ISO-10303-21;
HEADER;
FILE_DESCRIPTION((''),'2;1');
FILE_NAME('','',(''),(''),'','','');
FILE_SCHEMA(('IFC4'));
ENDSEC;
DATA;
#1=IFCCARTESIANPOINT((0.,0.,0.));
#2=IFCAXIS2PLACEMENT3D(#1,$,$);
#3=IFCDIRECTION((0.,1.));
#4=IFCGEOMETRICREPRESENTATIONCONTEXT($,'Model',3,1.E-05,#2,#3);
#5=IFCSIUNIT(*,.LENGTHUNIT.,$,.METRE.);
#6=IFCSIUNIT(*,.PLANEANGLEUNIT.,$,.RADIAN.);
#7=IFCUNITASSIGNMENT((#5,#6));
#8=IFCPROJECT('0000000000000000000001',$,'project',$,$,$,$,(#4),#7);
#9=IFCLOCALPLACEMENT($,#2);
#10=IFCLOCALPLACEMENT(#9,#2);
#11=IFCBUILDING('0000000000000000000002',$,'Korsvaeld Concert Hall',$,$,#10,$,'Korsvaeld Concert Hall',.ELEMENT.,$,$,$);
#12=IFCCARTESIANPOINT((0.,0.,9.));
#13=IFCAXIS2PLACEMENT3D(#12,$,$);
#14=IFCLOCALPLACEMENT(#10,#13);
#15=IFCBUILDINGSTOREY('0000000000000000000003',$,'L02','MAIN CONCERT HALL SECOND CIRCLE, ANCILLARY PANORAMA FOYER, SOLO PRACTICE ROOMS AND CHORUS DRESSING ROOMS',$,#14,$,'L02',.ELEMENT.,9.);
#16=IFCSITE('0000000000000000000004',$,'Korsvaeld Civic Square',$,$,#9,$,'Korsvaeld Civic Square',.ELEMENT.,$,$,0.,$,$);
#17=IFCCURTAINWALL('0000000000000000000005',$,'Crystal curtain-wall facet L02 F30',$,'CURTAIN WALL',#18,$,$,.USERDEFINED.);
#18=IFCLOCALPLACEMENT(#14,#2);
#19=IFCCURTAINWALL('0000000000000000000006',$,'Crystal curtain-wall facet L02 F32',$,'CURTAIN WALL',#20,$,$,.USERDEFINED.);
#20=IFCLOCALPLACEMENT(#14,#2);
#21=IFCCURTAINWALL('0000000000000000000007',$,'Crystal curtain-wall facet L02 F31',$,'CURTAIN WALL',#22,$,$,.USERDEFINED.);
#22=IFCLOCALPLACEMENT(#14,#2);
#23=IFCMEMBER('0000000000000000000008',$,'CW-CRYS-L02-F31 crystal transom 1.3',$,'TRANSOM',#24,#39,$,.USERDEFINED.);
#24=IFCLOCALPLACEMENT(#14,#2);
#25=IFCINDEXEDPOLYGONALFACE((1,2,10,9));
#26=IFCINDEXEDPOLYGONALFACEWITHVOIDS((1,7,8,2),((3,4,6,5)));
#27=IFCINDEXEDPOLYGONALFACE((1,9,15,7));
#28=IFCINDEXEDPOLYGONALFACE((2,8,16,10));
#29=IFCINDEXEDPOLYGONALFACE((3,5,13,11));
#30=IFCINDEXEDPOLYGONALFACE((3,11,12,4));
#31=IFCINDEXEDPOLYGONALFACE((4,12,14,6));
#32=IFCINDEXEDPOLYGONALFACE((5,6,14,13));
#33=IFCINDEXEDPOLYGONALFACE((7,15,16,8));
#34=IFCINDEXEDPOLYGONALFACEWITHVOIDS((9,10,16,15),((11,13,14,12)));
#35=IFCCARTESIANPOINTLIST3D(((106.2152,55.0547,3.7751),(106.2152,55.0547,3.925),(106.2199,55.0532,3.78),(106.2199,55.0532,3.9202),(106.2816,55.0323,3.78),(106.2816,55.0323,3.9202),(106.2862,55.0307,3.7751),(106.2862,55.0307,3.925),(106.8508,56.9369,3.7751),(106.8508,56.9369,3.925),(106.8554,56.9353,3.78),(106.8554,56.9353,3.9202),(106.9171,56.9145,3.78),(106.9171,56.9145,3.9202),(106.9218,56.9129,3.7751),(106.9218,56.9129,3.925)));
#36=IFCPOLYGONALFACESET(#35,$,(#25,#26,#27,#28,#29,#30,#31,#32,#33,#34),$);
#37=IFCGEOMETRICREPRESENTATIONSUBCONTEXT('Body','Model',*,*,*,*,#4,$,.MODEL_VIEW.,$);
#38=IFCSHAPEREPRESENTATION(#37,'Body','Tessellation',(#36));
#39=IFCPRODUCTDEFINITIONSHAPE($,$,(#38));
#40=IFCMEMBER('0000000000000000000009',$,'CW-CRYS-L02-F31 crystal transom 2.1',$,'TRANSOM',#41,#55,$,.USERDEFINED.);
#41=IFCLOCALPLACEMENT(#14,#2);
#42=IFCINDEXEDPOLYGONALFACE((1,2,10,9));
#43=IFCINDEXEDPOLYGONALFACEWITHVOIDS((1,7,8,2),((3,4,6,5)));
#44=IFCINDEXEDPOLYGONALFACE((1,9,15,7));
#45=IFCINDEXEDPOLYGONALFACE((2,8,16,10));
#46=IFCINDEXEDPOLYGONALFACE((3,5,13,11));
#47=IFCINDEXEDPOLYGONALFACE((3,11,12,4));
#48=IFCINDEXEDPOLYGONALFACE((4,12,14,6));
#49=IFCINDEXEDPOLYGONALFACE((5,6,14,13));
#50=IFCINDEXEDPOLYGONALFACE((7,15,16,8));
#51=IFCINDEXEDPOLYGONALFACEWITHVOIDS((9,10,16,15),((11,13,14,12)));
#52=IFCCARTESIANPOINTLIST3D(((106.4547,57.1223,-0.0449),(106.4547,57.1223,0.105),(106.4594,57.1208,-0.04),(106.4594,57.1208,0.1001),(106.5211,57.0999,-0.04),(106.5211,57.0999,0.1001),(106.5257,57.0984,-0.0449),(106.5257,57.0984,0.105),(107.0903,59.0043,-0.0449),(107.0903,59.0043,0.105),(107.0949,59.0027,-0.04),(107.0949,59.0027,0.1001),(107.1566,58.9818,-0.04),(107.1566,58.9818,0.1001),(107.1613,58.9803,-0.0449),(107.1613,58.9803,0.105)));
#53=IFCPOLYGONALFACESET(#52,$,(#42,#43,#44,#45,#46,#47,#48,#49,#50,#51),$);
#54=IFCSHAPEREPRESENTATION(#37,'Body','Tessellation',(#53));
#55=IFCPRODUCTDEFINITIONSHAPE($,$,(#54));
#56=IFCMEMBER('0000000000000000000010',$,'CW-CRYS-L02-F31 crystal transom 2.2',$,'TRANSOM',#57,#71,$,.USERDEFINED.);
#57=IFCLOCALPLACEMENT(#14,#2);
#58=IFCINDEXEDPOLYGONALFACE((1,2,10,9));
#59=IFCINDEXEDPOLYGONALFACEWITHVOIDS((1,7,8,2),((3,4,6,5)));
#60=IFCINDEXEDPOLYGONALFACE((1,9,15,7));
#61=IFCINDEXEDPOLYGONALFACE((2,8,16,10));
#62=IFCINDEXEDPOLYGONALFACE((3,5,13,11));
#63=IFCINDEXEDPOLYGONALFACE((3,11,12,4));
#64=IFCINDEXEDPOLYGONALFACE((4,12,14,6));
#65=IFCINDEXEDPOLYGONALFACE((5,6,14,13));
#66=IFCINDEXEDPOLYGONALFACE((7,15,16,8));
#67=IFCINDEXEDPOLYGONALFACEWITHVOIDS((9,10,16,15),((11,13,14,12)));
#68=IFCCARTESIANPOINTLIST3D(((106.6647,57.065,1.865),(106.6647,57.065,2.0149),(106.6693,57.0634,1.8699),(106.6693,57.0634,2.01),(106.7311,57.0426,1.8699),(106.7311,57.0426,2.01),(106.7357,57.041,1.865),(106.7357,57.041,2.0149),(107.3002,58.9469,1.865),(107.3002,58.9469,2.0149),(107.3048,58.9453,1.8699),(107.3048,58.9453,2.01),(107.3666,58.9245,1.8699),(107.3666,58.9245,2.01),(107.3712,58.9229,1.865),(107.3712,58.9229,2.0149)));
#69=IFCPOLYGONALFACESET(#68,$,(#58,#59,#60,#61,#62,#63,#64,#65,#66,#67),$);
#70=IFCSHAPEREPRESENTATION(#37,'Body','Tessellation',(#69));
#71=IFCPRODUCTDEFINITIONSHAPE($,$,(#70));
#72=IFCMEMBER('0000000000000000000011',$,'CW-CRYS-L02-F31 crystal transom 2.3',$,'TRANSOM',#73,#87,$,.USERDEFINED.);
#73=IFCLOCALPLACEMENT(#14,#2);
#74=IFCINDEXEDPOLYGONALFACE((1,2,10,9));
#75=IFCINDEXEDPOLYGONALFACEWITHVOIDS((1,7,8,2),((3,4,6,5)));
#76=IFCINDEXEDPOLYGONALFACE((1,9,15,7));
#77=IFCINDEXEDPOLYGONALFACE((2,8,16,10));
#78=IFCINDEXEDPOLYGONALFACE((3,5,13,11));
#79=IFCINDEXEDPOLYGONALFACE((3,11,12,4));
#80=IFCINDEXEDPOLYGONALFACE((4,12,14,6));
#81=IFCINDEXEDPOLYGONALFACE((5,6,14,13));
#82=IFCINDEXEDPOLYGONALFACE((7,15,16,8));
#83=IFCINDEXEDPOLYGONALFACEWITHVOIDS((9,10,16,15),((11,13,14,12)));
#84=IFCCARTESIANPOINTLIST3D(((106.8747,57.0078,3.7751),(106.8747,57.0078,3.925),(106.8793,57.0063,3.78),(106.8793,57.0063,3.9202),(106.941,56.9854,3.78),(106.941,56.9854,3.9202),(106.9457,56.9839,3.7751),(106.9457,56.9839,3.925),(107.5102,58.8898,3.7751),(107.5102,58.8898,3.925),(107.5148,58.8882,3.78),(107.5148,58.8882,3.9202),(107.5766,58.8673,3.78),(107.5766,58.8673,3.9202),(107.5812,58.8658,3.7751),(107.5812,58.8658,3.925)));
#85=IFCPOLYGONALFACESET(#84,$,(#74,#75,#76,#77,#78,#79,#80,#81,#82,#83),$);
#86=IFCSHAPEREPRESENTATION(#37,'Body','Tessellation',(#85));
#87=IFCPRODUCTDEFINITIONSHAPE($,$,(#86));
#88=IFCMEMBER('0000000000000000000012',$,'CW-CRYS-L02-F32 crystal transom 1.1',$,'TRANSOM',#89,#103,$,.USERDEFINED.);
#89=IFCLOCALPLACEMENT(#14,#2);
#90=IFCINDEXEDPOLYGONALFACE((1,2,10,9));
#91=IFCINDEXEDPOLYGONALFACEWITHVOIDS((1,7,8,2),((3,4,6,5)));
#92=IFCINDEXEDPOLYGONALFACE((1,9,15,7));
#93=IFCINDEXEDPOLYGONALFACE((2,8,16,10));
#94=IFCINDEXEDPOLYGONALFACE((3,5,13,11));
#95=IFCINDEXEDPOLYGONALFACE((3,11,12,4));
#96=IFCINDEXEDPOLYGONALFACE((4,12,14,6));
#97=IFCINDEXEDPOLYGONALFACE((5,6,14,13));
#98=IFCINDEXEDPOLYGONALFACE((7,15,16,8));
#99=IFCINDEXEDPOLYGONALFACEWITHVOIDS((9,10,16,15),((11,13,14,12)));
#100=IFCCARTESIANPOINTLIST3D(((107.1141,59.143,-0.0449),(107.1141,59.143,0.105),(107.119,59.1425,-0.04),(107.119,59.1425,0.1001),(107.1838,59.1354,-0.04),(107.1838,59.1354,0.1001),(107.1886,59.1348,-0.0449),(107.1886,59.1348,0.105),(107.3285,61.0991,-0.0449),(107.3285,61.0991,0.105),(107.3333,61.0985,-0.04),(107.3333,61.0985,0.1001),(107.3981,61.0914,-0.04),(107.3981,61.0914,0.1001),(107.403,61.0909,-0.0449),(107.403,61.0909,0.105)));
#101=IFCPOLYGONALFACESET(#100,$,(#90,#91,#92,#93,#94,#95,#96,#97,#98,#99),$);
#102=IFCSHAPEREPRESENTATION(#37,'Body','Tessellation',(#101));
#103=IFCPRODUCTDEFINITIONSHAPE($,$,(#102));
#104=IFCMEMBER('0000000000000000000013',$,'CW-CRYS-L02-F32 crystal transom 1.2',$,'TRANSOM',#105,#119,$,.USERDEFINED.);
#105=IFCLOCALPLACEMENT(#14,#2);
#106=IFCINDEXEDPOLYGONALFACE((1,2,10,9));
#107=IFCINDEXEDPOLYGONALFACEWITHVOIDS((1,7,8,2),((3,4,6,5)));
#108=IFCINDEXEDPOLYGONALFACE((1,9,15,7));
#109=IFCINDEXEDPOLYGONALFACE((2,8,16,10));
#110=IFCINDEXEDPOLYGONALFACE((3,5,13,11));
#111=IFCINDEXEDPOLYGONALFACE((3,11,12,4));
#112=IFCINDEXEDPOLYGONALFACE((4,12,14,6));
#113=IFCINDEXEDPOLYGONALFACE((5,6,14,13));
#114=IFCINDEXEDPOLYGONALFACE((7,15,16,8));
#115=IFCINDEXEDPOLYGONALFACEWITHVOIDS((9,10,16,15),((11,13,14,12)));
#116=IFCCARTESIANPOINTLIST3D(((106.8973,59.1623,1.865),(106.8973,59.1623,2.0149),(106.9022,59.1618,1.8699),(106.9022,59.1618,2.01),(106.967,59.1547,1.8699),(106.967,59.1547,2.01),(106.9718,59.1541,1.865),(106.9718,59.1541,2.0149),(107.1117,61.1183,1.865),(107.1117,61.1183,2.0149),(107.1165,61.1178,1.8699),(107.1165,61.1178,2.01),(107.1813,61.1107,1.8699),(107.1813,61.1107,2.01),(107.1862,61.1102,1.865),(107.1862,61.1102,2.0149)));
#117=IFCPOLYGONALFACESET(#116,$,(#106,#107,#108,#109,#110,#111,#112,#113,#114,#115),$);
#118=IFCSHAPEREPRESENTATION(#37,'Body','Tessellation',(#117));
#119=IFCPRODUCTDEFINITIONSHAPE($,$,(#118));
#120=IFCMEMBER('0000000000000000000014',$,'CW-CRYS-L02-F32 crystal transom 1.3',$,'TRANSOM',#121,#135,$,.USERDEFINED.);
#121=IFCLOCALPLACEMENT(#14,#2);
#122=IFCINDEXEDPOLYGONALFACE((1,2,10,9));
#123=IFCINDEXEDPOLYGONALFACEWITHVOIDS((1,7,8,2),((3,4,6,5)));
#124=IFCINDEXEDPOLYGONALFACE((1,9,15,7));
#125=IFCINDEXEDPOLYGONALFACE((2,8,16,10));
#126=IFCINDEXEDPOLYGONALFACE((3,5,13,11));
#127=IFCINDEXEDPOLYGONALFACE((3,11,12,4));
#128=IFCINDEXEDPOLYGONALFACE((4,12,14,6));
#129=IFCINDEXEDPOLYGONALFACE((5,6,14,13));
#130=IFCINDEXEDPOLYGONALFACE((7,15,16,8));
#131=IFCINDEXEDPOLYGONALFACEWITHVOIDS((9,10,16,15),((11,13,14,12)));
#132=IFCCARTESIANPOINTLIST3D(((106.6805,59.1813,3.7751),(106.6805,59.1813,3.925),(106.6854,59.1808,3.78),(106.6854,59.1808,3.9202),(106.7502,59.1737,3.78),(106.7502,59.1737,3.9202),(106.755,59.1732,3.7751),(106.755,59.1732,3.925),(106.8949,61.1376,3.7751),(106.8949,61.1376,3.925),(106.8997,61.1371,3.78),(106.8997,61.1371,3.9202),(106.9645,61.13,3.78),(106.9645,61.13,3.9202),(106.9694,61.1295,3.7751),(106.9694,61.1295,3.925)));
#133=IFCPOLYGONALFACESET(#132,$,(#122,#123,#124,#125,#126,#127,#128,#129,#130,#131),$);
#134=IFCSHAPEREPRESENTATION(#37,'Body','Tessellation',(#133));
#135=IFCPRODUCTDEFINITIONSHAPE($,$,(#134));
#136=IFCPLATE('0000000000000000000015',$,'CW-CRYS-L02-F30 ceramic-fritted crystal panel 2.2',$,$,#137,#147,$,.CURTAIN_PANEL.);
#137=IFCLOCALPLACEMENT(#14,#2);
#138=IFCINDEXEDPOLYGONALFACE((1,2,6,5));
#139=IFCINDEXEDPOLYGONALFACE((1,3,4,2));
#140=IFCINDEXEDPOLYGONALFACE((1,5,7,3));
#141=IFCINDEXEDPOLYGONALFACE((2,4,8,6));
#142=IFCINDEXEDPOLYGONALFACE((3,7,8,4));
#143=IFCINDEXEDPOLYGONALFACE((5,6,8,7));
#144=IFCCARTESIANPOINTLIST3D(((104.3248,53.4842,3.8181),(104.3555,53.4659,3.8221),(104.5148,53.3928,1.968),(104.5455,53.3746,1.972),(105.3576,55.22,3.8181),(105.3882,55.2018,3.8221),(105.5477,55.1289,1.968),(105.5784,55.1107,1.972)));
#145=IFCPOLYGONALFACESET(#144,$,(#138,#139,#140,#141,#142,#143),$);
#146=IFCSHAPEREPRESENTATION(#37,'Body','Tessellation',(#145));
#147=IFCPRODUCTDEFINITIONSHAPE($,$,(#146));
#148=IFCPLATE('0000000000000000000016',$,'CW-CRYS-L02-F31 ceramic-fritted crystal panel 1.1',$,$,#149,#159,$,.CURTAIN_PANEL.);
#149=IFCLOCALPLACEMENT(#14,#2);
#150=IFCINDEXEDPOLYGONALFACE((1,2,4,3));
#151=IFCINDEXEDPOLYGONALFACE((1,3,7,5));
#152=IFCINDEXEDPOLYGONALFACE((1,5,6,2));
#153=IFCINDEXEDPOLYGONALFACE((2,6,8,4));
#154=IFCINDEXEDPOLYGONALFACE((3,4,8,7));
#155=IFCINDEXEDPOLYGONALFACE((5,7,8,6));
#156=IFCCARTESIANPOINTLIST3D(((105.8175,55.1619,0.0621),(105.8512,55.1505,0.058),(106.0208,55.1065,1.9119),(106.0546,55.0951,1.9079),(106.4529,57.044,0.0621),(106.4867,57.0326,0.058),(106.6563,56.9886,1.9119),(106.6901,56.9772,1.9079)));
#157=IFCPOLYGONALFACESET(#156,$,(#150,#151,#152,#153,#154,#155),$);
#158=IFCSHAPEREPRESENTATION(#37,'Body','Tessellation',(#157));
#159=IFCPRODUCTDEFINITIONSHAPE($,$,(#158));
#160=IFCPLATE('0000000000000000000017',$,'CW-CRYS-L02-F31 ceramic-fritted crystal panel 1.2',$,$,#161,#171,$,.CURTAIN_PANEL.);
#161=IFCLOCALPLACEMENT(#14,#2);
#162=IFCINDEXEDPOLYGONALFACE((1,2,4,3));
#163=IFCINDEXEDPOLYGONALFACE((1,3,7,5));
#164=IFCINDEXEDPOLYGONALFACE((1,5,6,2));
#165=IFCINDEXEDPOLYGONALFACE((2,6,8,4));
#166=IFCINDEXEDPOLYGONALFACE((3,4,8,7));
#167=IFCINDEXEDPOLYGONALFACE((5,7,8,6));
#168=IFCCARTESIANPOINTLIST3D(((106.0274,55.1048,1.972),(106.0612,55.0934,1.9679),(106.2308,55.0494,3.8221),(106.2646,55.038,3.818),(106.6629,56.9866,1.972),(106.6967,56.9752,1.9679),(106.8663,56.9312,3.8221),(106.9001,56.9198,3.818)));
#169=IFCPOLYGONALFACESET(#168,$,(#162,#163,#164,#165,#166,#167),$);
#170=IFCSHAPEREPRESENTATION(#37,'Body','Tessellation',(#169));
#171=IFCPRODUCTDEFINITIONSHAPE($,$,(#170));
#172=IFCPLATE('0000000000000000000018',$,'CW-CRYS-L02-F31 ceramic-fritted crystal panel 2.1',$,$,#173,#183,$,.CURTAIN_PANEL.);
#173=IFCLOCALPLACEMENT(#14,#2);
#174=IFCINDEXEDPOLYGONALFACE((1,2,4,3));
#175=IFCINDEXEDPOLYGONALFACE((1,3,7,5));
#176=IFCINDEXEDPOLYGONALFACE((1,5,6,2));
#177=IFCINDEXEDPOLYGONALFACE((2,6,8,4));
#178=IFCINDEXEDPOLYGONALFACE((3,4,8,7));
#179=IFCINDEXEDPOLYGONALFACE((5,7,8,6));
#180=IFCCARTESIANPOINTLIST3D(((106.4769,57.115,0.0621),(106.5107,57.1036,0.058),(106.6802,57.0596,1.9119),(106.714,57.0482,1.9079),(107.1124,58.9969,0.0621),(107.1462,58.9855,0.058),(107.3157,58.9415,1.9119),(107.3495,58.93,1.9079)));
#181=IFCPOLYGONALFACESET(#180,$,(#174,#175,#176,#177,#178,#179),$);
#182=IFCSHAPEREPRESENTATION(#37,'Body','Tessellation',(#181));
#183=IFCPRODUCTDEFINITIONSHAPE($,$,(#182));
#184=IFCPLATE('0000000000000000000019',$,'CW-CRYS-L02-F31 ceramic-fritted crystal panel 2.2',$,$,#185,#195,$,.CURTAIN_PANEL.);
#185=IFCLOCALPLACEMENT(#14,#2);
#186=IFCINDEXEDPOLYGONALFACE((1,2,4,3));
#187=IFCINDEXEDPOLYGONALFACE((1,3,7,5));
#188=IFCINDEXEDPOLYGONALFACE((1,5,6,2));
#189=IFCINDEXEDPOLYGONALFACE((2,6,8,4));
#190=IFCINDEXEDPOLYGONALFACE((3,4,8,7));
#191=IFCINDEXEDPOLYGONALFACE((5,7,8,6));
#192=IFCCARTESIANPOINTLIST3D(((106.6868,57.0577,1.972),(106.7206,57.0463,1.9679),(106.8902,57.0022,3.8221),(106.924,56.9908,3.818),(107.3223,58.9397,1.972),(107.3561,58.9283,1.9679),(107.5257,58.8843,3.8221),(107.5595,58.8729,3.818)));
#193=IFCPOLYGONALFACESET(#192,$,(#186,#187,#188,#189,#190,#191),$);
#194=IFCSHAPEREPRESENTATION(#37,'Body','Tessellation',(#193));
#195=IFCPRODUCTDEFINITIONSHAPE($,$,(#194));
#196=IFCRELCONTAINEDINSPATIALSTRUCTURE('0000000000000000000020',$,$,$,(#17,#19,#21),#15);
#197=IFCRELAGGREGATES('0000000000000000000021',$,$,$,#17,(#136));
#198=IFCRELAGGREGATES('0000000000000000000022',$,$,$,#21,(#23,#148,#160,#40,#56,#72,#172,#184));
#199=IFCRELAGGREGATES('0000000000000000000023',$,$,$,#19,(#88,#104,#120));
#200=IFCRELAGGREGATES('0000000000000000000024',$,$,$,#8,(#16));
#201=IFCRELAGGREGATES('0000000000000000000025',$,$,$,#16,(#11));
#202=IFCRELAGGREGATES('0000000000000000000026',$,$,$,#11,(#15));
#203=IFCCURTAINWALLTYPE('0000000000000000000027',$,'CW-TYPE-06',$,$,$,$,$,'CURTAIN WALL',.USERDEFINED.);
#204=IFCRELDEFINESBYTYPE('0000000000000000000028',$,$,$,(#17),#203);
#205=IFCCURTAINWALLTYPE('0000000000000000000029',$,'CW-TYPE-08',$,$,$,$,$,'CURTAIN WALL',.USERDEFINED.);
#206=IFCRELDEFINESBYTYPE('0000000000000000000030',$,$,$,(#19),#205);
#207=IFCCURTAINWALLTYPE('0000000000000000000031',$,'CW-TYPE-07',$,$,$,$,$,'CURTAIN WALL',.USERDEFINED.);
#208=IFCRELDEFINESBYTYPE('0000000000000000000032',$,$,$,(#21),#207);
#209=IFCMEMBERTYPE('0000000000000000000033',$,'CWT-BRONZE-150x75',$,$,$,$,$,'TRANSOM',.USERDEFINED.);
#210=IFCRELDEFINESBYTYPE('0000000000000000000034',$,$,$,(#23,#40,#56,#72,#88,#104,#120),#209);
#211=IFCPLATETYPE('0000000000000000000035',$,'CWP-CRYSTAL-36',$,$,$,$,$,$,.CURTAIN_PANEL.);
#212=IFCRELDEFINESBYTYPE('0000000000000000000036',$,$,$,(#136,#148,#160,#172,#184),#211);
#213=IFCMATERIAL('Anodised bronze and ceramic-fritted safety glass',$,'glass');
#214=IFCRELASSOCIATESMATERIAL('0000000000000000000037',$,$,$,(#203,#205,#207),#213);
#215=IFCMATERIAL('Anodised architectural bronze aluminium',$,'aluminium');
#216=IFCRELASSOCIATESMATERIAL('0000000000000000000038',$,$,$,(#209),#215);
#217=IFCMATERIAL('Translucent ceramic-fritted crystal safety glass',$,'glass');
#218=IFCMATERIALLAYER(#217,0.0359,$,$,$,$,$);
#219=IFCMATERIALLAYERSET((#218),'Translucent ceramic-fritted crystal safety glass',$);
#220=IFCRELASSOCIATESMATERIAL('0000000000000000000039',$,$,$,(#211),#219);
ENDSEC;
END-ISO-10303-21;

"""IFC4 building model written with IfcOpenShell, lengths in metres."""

from ifc_helpers import new_model, si_unit, direction, frame, origin, origin_2d, place, context, subcontext, project, spatial, polyline, hollow_rectangle, outline, extrude, material, layer, layer_set, material_profile, profile_set, type_object, element, aggregate, save


model = new_model("IFC4")

# Units and contexts
model_context = context("Model", 3, precision=1e-05, world=origin(), true_north=direction((0.0, 1.0)))
body_context = subcontext(model_context, "Body", "Model", "MODEL_VIEW")
ifc_project = project(units=[si_unit("LENGTHUNIT", "METRE"), si_unit("PLANEANGLEUNIT", "RADIAN")], contexts=[model_context])

# Site, building, storey
site_placement = place(None, origin())
site = spatial("IfcSite", under=ifc_project, at=site_placement, Name="Korsvaeld Civic Square", LongName="Korsvaeld Civic Square", CompositionType="ELEMENT", RefElevation=0.0)
building_placement = place(site_placement, origin())
building = spatial("IfcBuilding", under=site, at=building_placement, Name="Korsvaeld Concert Hall", LongName="Korsvaeld Concert Hall", CompositionType="ELEMENT")
storey_placement = place(building_placement, frame((0.0, 0.0, 9.0)))
storey = spatial("IfcBuildingStorey", under=building, at=storey_placement, Name="L02", Description="MAIN CONCERT HALL SECOND CIRCLE, ANCILLARY PANORAMA FOYER, SOLO PRACTICE ROOMS AND CHORUS DRESSING ROOMS", LongName="L02", CompositionType="ELEMENT", Elevation=9.0)

# Curtain walls
ifc_material_1 = material(Name="Anodised bronze and ceramic-fritted safety glass", Category="glass")
curtain_wall_type_1 = type_object("IfcCurtainWallType", Name="CW-TYPE-06", ElementType="CURTAIN WALL", PredefinedType="USERDEFINED", material=ifc_material_1)
curtain_wall_1_placement = place(storey_placement, origin())
curtain_wall_1 = element("IfcCurtainWall", 1, at=curtain_wall_1_placement, inside=storey, type_object=curtain_wall_type_1, Name="Crystal curtain-wall facet L02 F30", ObjectType="CURTAIN WALL", PredefinedType="USERDEFINED")
ifc_material_2 = material(Name="Anodised architectural bronze aluminium", Category="aluminium")
curtain_wall_type_2 = type_object("IfcCurtainWallType", Name="CW-TYPE-08", ElementType="CURTAIN WALL", PredefinedType="USERDEFINED", material=ifc_material_1)
curtain_wall_2_placement = place(storey_placement, origin())
curtain_wall_2 = element("IfcCurtainWall", 2, at=curtain_wall_2_placement, inside=storey, type_object=curtain_wall_type_2, Name="Crystal curtain-wall facet L02 F32", ObjectType="CURTAIN WALL", PredefinedType="USERDEFINED")

# Curtain wall
curtain_wall_type_3 = type_object("IfcCurtainWallType", Name="CW-TYPE-07", ElementType="CURTAIN WALL", PredefinedType="USERDEFINED", material=ifc_material_1)
curtain_wall_3_placement = place(storey_placement, origin())
curtain_wall_3 = element("IfcCurtainWall", 3, at=curtain_wall_3_placement, inside=storey, type_object=curtain_wall_type_3, Name="Crystal curtain-wall facet L02 F31", ObjectType="CURTAIN WALL", PredefinedType="USERDEFINED")

# Members
ifc_material_profile_1 = material_profile(ifc_material_2, hollow_rectangle(XDim=0.075, YDim=0.1499, WallThickness=0.0049, at=origin_2d()), Name="CWT 150x75x5")
ifc_profile_set_1 = profile_set([ifc_material_profile_1], Name="Anodised architectural bronze aluminium")
member_type_1 = type_object("IfcMemberType", Name="CWT-BRONZE-150x75", ElementType="TRANSOM", PredefinedType="USERDEFINED", material=ifc_profile_set_1)
member_1_placement = place(storey_placement, frame((106.2507, 55.0427, 3.8501), z_axis=(0.319912, 0.947447, 0.0), x_axis=(-0.947447, 0.319912, 0.0)))
member_1 = element("IfcMember", 4, at=member_1_placement, type_object=member_type_1, Name="CW-CRYS-L02-F31 crystal transom 1.3", ObjectType="TRANSOM", PredefinedType="USERDEFINED", context=body_context, shape_type="SweptSolid", body=[
    extrude(hollow_rectangle(XDim=0.075, YDim=0.1499, WallThickness=0.0049, at=origin_2d()), origin(), (0.0, 0.0, 1.0), 1.9866),
])
member_2_placement = place(storey_placement, frame((106.4902, 57.1104, 0.03), z_axis=(0.31995, 0.947435, 0.0), x_axis=(-0.947435, 0.31995, 0.0)))
member_2 = element("IfcMember", 5, at=member_2_placement, type_object=member_type_1, Name="CW-CRYS-L02-F31 crystal transom 2.1", ObjectType="TRANSOM", PredefinedType="USERDEFINED", context=body_context, shape_type="SweptSolid", body=[
    extrude(hollow_rectangle(XDim=0.075, YDim=0.1499, WallThickness=0.0049, at=origin_2d()), origin(), (0.0, 0.0, 1.0), 1.9863),
])
member_3_placement = place(storey_placement, frame((106.7002, 57.053, 1.9399), z_axis=(0.31995, 0.947435, 0.0), x_axis=(-0.947435, 0.31995, 0.0)))
member_3 = element("IfcMember", 6, at=member_3_placement, type_object=member_type_1, Name="CW-CRYS-L02-F31 crystal transom 2.2", ObjectType="TRANSOM", PredefinedType="USERDEFINED", context=body_context, shape_type="SweptSolid", body=[
    extrude(hollow_rectangle(XDim=0.075, YDim=0.1499, WallThickness=0.0049, at=origin_2d()), origin(), (0.0, 0.0, 1.0), 1.9863),
])
member_4_placement = place(storey_placement, frame((106.9102, 56.9958, 3.8501), z_axis=(0.31995, 0.947435, 0.0), x_axis=(-0.947435, 0.31995, 0.0)))
member_4 = element("IfcMember", 7, at=member_4_placement, type_object=member_type_1, Name="CW-CRYS-L02-F31 crystal transom 2.3", ObjectType="TRANSOM", PredefinedType="USERDEFINED", context=body_context, shape_type="SweptSolid", body=[
    extrude(hollow_rectangle(XDim=0.075, YDim=0.1499, WallThickness=0.0049, at=origin_2d()), origin(), (0.0, 0.0, 1.0), 1.9863),
])
member_5_placement = place(storey_placement, frame((107.1514, 59.1389, 0.03), z_axis=(0.108933, 0.994049, 0.0), x_axis=(-0.994049, 0.108933, 0.0)))
member_5 = element("IfcMember", 8, at=member_5_placement, type_object=member_type_1, Name="CW-CRYS-L02-F32 crystal transom 1.1", ObjectType="TRANSOM", PredefinedType="USERDEFINED", context=body_context, shape_type="SweptSolid", body=[
    extrude(hollow_rectangle(XDim=0.075, YDim=0.1499, WallThickness=0.0049, at=origin_2d()), origin(), (0.0, 0.0, 1.0), 1.9678),
])
member_6_placement = place(storey_placement, frame((106.9346, 59.1582, 1.9399), z_axis=(0.108933, 0.994049, 0.0), x_axis=(-0.994049, 0.108933, 0.0)))
member_6 = element("IfcMember", 9, at=member_6_placement, type_object=member_type_1, Name="CW-CRYS-L02-F32 crystal transom 1.2", ObjectType="TRANSOM", PredefinedType="USERDEFINED", context=body_context, shape_type="SweptSolid", body=[
    extrude(hollow_rectangle(XDim=0.075, YDim=0.1499, WallThickness=0.0049, at=origin_2d()), origin(), (0.0, 0.0, 1.0), 1.9678),
])
member_7_placement = place(storey_placement, frame((106.7178, 59.1772, 3.8501), z_axis=(0.10892, 0.994051, 0.0), x_axis=(-0.994051, 0.10892, 0.0)))
member_7 = element("IfcMember", 10, at=member_7_placement, type_object=member_type_1, Name="CW-CRYS-L02-F32 crystal transom 1.3", ObjectType="TRANSOM", PredefinedType="USERDEFINED", context=body_context, shape_type="SweptSolid", body=[
    extrude(hollow_rectangle(XDim=0.075, YDim=0.1499, WallThickness=0.0049, at=origin_2d()), origin(), (0.0, 0.0, 1.0), 1.968),
])

# Plates
ifc_material_3 = material(Name="Translucent ceramic-fritted crystal safety glass", Category="glass")
ifc_layer_1 = layer(ifc_material_3, 0.0359)
ifc_layer_set_1 = layer_set([ifc_layer_1], Name="Translucent ceramic-fritted crystal safety glass")
plate_type = type_object("IfcPlateType", Name="CWP-CRYSTAL-36", PredefinedType="CURTAIN_PANEL", material=ifc_layer_set_1)
plate_1_placement = place(storey_placement, frame((104.53, 53.3838, 1.97), z_axis=(0.853915, -0.508049, 0.112764), x_axis=(0.511311, 0.859396, -0.000002)))
plate_1 = element("IfcPlate", 11, at=plate_1_placement, type_object=plate_type, Name="CW-CRYS-L02-F30 ceramic-fritted crystal panel 2.2", PredefinedType="CURTAIN_PANEL", context=body_context, shape_type="SweptSolid", body=[
    extrude(outline(polyline([(0.0, 0.0), (2.0201, 0.0), (2.0012, 1.862), (-0.0187, 1.862), (0.0, 0.0)])), frame((0.0, 0.0, 0.0181)), (0.0, 0.0, -1.0), 0.0359),
])
aggregate(curtain_wall_1, [plate_1])
plate_2_placement = place(storey_placement, frame((105.8342, 55.1562, 0.0601), z_axis=(0.941377, -0.317863, -0.113016), x_axis=(0.319912, 0.947447, 0.0)))
plate_2 = element("IfcPlate", 12, at=plate_2_placement, type_object=plate_type, Name="CW-CRYS-L02-F31 ceramic-fritted crystal panel 1.1", PredefinedType="CURTAIN_PANEL", context=body_context, shape_type="SweptSolid", body=[
    extrude(outline(polyline([(0.0, 0.0), (1.9865, 0.0), (1.999, 1.8618), (0.0126, 1.8618), (0.0, 0.0)])), frame((0.0, 0.0, 0.0181)), (0.0, 0.0, -1.0), 0.0359),
])
plate_3_placement = place(storey_placement, frame((106.0442, 55.0991, 1.97), z_axis=(0.941366, -0.3179, -0.113001), x_axis=(0.31995, 0.947435, 0.0)))
plate_3 = element("IfcPlate", 13, at=plate_3_placement, type_object=plate_type, Name="CW-CRYS-L02-F31 ceramic-fritted crystal panel 1.2", PredefinedType="CURTAIN_PANEL", context=body_context, shape_type="SweptSolid", body=[
    extrude(outline(polyline([(0.0, 0.0), (1.9862, 0.0), (1.9988, 1.862), (0.0126, 1.862), (0.0, 0.0)])), frame((0.0, 0.0, 0.0181)), (0.0, 0.0, -1.0), 0.0359),
])
plate_4_placement = place(storey_placement, frame((106.4937, 57.1094, 0.0601), z_axis=(0.941365, -0.3179, -0.113016), x_axis=(0.31995, 0.947435, 0.0)))
plate_4 = element("IfcPlate", 14, at=plate_4_placement, type_object=plate_type, Name="CW-CRYS-L02-F31 ceramic-fritted crystal panel 2.1", PredefinedType="CURTAIN_PANEL", context=body_context, shape_type="SweptSolid", body=[
    extrude(outline(polyline([(0.0, 0.0), (1.9862, 0.0), (1.9988, 1.8618), (0.0126, 1.8618), (0.0, 0.0)])), frame((0.0, 0.0, 0.0181)), (0.0, 0.0, -1.0), 0.0359),
])
plate_5_placement = place(storey_placement, frame((106.7036, 57.052, 1.97), z_axis=(0.941379, -0.317863, -0.113001), x_axis=(0.319912, 0.947447, 0.0)))
plate_5 = element("IfcPlate", 15, at=plate_5_placement, type_object=plate_type, Name="CW-CRYS-L02-F31 ceramic-fritted crystal panel 2.2", PredefinedType="CURTAIN_PANEL", context=body_context, shape_type="SweptSolid", body=[
    extrude(outline(polyline([(0.0, 0.0), (1.9865, 0.0), (1.999, 1.862), (0.0126, 1.862), (0.0, 0.0)])), frame((0.0, 0.0, 0.0181)), (0.0, 0.0, -1.0), 0.0359),
])
aggregate(curtain_wall_3, [member_1, plate_2, plate_3, member_2, member_3, member_4, plate_4, plate_5])
aggregate(curtain_wall_2, [member_5, member_6, member_7])

save(model, "model.ifc")
